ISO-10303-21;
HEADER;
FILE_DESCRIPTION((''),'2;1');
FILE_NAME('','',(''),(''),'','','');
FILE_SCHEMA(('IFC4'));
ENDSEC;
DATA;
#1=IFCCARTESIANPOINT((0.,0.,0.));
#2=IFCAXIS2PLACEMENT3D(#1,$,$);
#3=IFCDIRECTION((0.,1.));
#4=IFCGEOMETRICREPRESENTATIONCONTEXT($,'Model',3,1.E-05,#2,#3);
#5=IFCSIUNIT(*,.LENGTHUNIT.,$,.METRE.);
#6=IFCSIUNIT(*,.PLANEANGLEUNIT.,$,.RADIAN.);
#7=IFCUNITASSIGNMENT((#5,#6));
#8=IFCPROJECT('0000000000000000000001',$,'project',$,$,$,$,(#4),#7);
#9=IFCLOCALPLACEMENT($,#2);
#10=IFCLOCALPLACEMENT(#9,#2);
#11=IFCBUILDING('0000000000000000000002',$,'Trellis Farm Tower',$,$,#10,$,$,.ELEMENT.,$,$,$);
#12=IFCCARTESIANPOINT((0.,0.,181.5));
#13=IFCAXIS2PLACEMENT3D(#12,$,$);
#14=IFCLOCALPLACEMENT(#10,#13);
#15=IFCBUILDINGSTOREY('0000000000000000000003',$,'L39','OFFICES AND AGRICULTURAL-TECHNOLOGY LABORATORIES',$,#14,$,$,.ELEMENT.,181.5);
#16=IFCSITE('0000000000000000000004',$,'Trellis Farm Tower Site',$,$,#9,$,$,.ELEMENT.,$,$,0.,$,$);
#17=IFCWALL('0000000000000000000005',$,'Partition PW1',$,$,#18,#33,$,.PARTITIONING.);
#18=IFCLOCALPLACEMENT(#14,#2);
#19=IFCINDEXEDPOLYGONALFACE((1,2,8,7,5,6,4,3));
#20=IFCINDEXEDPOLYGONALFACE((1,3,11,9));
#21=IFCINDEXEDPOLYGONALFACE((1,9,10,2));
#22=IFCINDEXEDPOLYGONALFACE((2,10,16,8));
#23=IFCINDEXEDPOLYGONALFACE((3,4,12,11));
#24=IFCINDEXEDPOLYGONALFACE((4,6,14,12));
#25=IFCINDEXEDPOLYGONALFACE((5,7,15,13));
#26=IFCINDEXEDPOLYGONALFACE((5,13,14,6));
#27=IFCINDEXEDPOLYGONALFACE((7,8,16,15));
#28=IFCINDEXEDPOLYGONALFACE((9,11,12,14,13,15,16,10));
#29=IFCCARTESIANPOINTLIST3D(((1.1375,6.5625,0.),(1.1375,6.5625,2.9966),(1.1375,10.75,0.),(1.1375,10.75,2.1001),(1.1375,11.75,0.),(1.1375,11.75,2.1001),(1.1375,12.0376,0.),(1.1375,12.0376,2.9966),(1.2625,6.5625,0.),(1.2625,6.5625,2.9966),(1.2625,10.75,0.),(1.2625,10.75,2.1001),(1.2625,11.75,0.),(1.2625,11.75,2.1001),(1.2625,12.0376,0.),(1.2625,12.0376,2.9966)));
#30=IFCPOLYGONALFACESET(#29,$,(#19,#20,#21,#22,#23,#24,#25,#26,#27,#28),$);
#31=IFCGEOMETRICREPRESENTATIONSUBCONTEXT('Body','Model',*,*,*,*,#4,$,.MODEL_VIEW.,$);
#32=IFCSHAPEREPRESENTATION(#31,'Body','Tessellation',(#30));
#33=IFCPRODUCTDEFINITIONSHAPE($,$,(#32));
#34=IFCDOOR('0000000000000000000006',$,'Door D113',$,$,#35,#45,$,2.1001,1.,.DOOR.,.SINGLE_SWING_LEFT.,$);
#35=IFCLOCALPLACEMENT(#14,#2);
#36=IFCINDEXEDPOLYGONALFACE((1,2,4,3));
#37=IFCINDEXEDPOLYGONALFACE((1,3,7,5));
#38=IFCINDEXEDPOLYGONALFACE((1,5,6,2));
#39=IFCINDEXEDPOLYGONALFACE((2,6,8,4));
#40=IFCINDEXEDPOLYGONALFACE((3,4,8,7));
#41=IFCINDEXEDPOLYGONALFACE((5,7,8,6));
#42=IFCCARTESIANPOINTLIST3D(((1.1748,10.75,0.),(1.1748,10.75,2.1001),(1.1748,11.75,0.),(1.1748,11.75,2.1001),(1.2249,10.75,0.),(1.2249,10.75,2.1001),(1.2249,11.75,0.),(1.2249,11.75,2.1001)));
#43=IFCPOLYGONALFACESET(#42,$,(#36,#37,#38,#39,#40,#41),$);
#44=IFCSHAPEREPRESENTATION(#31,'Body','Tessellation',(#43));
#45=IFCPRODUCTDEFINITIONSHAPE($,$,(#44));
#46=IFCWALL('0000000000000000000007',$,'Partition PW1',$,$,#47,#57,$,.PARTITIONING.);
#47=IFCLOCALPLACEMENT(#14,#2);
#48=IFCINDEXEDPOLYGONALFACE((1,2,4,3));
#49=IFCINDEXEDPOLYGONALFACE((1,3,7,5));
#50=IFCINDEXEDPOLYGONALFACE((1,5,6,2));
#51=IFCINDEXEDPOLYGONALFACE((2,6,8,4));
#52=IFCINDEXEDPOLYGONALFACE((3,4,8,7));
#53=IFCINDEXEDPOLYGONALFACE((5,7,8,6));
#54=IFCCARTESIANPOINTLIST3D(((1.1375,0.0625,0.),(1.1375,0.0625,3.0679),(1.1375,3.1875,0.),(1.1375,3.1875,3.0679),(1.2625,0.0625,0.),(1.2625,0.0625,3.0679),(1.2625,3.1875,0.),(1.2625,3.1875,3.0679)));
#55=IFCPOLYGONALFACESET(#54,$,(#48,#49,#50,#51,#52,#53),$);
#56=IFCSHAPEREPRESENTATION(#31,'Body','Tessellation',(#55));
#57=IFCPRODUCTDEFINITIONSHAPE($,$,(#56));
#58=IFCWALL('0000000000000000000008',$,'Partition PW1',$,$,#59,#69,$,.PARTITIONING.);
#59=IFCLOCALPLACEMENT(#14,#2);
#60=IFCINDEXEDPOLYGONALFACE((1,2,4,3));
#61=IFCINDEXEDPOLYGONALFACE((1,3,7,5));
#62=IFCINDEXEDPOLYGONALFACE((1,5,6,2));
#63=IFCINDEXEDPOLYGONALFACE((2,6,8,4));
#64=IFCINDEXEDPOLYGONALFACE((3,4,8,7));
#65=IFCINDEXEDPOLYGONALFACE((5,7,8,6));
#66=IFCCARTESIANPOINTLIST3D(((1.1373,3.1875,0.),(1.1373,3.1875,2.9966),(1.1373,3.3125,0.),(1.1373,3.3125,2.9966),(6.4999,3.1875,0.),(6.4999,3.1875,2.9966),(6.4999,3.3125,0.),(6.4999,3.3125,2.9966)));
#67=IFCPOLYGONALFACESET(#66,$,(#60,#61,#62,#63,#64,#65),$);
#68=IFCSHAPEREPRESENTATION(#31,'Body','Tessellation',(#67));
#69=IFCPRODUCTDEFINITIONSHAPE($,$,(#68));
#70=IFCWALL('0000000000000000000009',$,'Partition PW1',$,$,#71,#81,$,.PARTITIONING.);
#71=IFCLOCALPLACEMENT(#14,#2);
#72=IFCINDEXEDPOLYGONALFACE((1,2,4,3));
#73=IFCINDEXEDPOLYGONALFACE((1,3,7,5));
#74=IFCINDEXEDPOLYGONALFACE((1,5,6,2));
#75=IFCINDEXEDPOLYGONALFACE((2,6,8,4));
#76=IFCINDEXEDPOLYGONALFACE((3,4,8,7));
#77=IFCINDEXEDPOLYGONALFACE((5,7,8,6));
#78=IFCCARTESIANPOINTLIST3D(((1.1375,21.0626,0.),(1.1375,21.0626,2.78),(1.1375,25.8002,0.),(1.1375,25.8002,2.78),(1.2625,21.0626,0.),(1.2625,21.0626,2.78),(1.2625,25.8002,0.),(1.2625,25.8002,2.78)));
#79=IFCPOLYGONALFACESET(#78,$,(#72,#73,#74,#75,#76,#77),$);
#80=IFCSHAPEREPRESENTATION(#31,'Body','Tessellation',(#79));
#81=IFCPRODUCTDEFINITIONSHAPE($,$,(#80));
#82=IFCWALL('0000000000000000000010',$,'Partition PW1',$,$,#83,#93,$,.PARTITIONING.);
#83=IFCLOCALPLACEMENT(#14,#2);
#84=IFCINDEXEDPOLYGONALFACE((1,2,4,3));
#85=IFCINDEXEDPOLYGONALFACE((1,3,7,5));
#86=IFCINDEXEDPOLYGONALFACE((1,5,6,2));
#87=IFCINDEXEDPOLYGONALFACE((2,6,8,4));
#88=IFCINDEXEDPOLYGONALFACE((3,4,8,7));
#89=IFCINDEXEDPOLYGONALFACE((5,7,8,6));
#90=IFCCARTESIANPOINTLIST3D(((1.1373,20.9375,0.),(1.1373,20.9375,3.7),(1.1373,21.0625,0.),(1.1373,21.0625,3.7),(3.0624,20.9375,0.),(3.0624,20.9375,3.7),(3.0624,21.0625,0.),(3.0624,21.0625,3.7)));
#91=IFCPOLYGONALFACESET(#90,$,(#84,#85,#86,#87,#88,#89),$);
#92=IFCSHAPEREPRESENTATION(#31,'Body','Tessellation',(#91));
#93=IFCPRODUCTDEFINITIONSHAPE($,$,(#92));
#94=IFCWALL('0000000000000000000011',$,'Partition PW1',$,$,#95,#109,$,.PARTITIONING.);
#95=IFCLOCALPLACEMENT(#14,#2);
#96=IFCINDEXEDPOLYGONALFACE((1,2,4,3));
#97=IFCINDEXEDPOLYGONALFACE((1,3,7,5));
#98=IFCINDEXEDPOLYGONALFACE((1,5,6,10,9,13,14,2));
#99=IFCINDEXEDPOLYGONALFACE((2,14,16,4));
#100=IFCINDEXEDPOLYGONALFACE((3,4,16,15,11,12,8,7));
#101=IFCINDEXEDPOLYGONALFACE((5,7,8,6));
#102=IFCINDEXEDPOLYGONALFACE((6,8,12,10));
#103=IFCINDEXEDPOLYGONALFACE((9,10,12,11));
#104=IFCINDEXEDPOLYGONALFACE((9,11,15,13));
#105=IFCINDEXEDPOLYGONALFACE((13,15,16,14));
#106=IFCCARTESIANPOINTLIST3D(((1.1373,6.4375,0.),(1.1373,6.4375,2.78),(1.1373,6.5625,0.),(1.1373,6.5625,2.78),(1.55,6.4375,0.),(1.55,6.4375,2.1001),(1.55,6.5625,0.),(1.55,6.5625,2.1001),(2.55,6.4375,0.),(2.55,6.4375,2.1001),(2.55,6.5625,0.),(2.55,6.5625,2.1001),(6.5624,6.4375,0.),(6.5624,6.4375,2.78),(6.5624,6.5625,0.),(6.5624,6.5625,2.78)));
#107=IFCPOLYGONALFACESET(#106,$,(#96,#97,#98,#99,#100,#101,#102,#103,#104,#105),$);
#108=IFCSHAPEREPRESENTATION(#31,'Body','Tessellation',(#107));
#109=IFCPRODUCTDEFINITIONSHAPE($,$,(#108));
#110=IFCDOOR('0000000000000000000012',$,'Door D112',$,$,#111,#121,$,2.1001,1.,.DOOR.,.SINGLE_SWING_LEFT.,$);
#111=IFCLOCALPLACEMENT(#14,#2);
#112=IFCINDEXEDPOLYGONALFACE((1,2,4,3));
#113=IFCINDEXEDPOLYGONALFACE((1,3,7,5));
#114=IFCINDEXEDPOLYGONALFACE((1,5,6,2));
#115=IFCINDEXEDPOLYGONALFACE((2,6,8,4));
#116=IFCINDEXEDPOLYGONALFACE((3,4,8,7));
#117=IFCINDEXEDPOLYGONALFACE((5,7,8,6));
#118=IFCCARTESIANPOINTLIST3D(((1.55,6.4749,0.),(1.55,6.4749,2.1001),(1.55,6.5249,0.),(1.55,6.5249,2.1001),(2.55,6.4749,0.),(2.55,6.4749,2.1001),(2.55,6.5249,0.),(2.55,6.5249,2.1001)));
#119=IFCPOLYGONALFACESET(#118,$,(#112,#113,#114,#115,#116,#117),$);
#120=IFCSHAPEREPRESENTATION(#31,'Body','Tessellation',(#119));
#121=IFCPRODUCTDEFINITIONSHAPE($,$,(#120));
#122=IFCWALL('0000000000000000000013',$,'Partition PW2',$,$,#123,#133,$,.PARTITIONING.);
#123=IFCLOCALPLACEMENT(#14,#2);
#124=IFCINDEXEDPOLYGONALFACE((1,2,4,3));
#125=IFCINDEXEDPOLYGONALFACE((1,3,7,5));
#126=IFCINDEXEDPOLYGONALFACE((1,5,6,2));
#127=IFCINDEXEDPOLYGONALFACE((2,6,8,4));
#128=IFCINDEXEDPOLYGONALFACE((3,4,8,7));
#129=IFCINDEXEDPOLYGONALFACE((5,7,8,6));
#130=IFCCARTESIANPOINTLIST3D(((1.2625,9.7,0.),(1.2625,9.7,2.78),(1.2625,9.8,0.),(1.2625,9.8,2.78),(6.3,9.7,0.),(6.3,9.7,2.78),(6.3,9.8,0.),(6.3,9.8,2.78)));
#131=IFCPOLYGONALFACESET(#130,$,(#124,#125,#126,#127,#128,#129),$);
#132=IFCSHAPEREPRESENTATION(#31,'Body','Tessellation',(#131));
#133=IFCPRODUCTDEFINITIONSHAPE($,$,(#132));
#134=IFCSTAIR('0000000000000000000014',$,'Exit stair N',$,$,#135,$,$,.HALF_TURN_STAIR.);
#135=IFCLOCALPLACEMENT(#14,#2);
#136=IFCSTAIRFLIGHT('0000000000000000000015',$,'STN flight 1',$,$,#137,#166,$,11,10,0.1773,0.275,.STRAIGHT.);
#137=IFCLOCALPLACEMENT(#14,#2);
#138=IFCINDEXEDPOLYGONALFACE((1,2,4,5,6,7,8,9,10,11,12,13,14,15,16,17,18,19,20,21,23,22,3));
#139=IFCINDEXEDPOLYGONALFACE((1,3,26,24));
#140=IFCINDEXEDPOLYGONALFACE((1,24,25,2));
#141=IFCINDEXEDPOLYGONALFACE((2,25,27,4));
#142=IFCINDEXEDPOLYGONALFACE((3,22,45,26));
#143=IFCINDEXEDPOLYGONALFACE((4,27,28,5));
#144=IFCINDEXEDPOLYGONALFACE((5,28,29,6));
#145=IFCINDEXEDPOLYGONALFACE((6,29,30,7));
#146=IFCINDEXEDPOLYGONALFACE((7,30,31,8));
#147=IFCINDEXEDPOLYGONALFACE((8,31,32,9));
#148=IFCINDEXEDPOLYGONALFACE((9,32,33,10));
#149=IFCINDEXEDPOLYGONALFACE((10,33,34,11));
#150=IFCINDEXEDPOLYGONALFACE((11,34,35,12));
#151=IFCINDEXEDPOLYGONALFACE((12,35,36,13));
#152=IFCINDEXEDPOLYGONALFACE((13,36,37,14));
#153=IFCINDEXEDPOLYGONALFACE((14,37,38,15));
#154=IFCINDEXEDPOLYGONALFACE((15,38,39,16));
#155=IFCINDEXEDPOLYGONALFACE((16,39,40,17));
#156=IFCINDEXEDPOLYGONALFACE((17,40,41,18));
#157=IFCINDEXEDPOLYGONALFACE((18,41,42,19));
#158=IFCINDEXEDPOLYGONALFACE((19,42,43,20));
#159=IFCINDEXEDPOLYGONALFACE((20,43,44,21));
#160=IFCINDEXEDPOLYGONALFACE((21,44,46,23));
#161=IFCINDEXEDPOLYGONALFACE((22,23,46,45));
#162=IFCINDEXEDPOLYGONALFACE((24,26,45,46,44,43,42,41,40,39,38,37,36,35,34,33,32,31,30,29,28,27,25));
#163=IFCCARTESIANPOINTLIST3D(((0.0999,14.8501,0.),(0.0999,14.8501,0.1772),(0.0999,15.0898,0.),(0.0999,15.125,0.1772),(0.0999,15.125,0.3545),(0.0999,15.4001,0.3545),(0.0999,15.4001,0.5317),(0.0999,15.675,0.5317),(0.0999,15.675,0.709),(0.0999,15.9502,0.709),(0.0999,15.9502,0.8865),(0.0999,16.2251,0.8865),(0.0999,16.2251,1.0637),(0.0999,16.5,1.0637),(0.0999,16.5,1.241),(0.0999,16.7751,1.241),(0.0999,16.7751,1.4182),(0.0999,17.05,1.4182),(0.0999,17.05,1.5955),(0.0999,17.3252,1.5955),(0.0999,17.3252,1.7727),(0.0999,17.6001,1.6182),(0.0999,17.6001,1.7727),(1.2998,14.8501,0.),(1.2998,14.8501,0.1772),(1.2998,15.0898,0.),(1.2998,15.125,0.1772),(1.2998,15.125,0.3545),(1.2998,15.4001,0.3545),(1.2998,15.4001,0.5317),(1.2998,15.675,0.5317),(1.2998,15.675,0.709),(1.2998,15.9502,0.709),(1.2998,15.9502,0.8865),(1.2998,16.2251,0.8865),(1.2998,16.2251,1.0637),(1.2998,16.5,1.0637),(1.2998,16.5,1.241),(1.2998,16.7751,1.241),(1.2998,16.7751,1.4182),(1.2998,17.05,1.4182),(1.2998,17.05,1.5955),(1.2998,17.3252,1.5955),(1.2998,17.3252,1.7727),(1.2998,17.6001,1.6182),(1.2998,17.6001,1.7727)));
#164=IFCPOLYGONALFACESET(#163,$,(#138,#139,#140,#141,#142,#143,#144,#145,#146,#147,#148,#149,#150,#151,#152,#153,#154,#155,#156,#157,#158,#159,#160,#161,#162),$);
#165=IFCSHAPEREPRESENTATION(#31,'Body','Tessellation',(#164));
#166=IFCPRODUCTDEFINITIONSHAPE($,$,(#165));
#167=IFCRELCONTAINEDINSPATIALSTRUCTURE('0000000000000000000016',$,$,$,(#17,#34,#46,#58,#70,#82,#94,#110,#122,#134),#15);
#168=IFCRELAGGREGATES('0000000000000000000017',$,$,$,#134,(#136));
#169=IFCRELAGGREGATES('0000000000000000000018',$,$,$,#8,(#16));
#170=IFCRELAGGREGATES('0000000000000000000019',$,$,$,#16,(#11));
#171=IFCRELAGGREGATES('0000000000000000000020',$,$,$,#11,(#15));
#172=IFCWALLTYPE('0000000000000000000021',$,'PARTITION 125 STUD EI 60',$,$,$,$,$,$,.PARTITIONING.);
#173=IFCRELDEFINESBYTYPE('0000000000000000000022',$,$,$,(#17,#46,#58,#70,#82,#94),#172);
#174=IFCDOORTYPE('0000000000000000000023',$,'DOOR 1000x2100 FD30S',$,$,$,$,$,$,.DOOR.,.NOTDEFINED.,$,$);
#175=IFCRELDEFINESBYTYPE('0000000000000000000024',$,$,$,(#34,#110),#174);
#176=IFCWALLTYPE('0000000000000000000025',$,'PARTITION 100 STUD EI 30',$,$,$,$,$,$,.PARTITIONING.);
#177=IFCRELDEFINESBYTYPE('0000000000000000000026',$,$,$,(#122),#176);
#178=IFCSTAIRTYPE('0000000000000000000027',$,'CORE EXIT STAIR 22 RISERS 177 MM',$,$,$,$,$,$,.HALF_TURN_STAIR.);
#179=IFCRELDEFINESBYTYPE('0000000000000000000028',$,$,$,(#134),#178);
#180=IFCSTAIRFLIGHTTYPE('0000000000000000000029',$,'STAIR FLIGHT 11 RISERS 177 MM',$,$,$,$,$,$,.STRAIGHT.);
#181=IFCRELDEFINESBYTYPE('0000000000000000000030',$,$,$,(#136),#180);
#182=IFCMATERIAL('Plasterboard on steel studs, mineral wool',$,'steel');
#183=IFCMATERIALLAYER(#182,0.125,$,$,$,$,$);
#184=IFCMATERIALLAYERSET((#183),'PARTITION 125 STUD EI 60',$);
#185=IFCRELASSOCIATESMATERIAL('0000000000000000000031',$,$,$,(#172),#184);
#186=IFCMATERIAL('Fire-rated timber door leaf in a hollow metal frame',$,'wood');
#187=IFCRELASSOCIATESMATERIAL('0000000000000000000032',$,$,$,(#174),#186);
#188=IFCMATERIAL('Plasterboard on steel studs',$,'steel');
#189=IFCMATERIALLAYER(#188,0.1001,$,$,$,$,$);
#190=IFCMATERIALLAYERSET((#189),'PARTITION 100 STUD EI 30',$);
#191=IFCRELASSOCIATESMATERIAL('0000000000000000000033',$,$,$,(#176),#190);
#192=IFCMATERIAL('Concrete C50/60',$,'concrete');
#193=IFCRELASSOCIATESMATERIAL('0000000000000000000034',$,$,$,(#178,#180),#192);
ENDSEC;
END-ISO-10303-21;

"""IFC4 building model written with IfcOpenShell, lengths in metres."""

from ifc_helpers import new_model, si_unit, direction, frame, frame_2d, origin, place, context, subcontext, project, spatial, polyline, rectangle, outline, extrude, source, transform, mapped, material, layer, layer_set, type_object, element, fill, aggregate, save


model = new_model("IFC4")

# Units and contexts
model_context = context("Model", 3, precision=1e-05, world=origin(), true_north=direction((0.0, 1.0)))
body_context = subcontext(model_context, "Body", "Model", "MODEL_VIEW")
ifc_project = project(units=[si_unit("LENGTHUNIT", "METRE"), si_unit("PLANEANGLEUNIT", "RADIAN")], contexts=[model_context])

# Site, building, storey
site_placement = place(None, origin())
site = spatial("IfcSite", under=ifc_project, at=site_placement, Name="Trellis Farm Tower Site", CompositionType="ELEMENT", RefElevation=0.0)
building_placement = place(site_placement, origin())
building = spatial("IfcBuilding", under=site, at=building_placement, Name="Trellis Farm Tower", CompositionType="ELEMENT")
storey_placement = place(building_placement, frame((0.0, 0.0, 181.5)))
storey = spatial("IfcBuildingStorey", under=building, at=storey_placement, Name="L39", Description="OFFICES AND AGRICULTURAL-TECHNOLOGY LABORATORIES", CompositionType="ELEMENT", Elevation=181.5)

# Shared definitions
placement_1 = place(storey_placement, origin())

# Wall, opening, door
ifc_material_1 = material(Name="Plasterboard on steel studs, mineral wool", Category="steel")
ifc_layer_1 = layer(ifc_material_1, 0.125)
ifc_layer_set_1 = layer_set([ifc_layer_1], Name="PARTITION 125 STUD EI 60")
wall_type_1 = type_object("IfcWallType", Name="PARTITION 125 STUD EI 60", PredefinedType="PARTITIONING", material=ifc_layer_set_1)
shared_shape_1 = source(origin(), body_context, "Body", "SweptSolid", [
    extrude(rectangle(XDim=5.4751, YDim=0.125, at=frame_2d((2.7375, 0.0))), origin(), (0.0, 0.0, 1.0), 2.9966),
])
wall_1_placement = place(storey_placement, frame((1.2, 12.0376, 0.0), z_axis=(0.0, 0.0, 1.0), x_axis=(0.0, -1.0, 0.0)))
wall_1 = element("IfcWall", 1, at=wall_1_placement, inside=storey, type_object=wall_type_1, Name="Partition PW1", PredefinedType="PARTITIONING", context=body_context, shape_type="MappedRepresentation", body=[
    mapped(shared_shape_1, transform((0.0, 0.0, 0.0))),
])
shared_shape_2 = source(origin(), body_context, "Body", "SweptSolid", [
    extrude(rectangle(XDim=1.0, YDim=2.1001, at=frame_2d((0.5, 1.05))), frame((0.0, 0.0725, 0.0), z_axis=(0.0, -1.0, 0.0), x_axis=(1.0, 0.0, 0.0)), (0.0, 0.0, 1.0), 0.145),
])
opening_1_placement = place(wall_1_placement, frame((0.2876, 0.0, 0.0)))
opening_1 = element("IfcOpeningElement", 2, at=opening_1_placement, cuts=wall_1, PredefinedType="OPENING", context=body_context, shape_type="MappedRepresentation", body=[
    mapped(shared_shape_2, transform((0.0, 0.0, 0.0))),
])
ifc_material_2 = material(Name="Fire-rated timber door leaf in a hollow metal frame", Category="wood")
door_type = type_object("IfcDoorType", Name="DOOR 1000x2100 FD30S", OperationType="NOTDEFINED", PredefinedType="DOOR", material=ifc_material_2)
shared_shape_3 = source(origin(), body_context, "Body", "SweptSolid", [
    extrude(rectangle(XDim=1.0, YDim=2.1001, at=frame_2d((0.5, 1.05))), frame((0.0, 0.0249, 0.0), z_axis=(0.0, -1.0, 0.0), x_axis=(1.0, 0.0, 0.0)), (0.0, 0.0, 1.0), 0.05),
])
door_1_placement = place(opening_1_placement, origin())
door_1 = element("IfcDoor", 3, at=door_1_placement, inside=storey, type_object=door_type, Name="Door D113", OperationType="SINGLE_SWING_LEFT", OverallHeight=2.1001, OverallWidth=1.0, PredefinedType="DOOR", context=body_context, shape_type="MappedRepresentation", body=[
    mapped(shared_shape_3, transform((0.0, 0.0, 0.0))),
])
fill(opening_1, door_1)

# Walls
shared_shape_4 = source(origin(), body_context, "Body", "SweptSolid", [
    extrude(rectangle(XDim=3.125, YDim=0.125, at=frame_2d((1.5625, 0.0))), origin(), (0.0, 0.0, 1.0), 3.0679),
])
wall_2_placement = place(storey_placement, frame((1.2, 3.1875, 0.0), z_axis=(0.0, 0.0, 1.0), x_axis=(0.0, -1.0, 0.0)))
element("IfcWall", 4, at=wall_2_placement, inside=storey, type_object=wall_type_1, Name="Partition PW1", PredefinedType="PARTITIONING", context=body_context, shape_type="MappedRepresentation", body=[
    mapped(shared_shape_4, transform((0.0, 0.0, 0.0))),
])
shared_shape_5 = source(origin(), body_context, "Body", "SweptSolid", [
    extrude(rectangle(XDim=5.3625, YDim=0.125, at=frame_2d((2.6812, 0.0))), origin(), (0.0, 0.0, 1.0), 2.9966),
])
wall_3_placement = place(storey_placement, frame((1.1375, 3.25, 0.0), z_axis=(0.0, 0.0, 1.0), x_axis=(1.0, 0.0, 0.0)))
element("IfcWall", 5, at=wall_3_placement, inside=storey, type_object=wall_type_1, Name="Partition PW1", PredefinedType="PARTITIONING", context=body_context, shape_type="MappedRepresentation", body=[
    mapped(shared_shape_5, transform((0.0, 0.0, 0.0))),
])
shared_shape_6 = source(origin(), body_context, "Body", "SweptSolid", [
    extrude(rectangle(XDim=4.7375, YDim=0.125, at=frame_2d((2.3687, 0.0))), origin(), (0.0, 0.0, 1.0), 2.78),
])
wall_4_placement = place(storey_placement, frame((1.2, 25.8, 0.0), z_axis=(0.0, 0.0, 1.0), x_axis=(0.0, -1.0, 0.0)))
element("IfcWall", 6, at=wall_4_placement, inside=storey, type_object=wall_type_1, Name="Partition PW1", PredefinedType="PARTITIONING", context=body_context, shape_type="MappedRepresentation", body=[
    mapped(shared_shape_6, transform((0.0, 0.0, 0.0))),
])
shared_shape_7 = source(origin(), body_context, "Body", "SweptSolid", [
    extrude(rectangle(XDim=1.925, YDim=0.125, at=frame_2d((0.9624, 0.0))), origin(), (0.0, 0.0, 1.0), 3.7),
])
wall_5_placement = place(storey_placement, frame((1.1375, 21.0, 0.0), z_axis=(0.0, 0.0, 1.0), x_axis=(1.0, 0.0, 0.0)))
element("IfcWall", 7, at=wall_5_placement, inside=storey, type_object=wall_type_1, Name="Partition PW1", PredefinedType="PARTITIONING", context=body_context, shape_type="MappedRepresentation", body=[
    mapped(shared_shape_7, transform((0.0, 0.0, 0.0))),
])

# Wall, opening, door
shared_shape_8 = source(origin(), body_context, "Body", "SweptSolid", [
    extrude(rectangle(XDim=5.425, YDim=0.125, at=frame_2d((2.7124, 0.0))), origin(), (0.0, 0.0, 1.0), 2.78),
])
wall_6_placement = place(storey_placement, frame((1.1375, 6.5, 0.0), z_axis=(0.0, 0.0, 1.0), x_axis=(1.0, 0.0, 0.0)))
wall_6 = element("IfcWall", 8, at=wall_6_placement, inside=storey, type_object=wall_type_1, Name="Partition PW1", PredefinedType="PARTITIONING", context=body_context, shape_type="MappedRepresentation", body=[
    mapped(shared_shape_8, transform((0.0, 0.0, 0.0))),
])
opening_2_placement = place(wall_6_placement, frame((0.4126, 0.0, 0.0)))
opening_2 = element("IfcOpeningElement", 9, at=opening_2_placement, cuts=wall_6, PredefinedType="OPENING", context=body_context, shape_type="MappedRepresentation", body=[
    mapped(shared_shape_2, transform((0.0, 0.0, 0.0))),
])
door_2_placement = place(opening_2_placement, origin())
door_2 = element("IfcDoor", 10, at=door_2_placement, inside=storey, type_object=door_type, Name="Door D112", OperationType="SINGLE_SWING_LEFT", OverallHeight=2.1001, OverallWidth=1.0, PredefinedType="DOOR", context=body_context, shape_type="MappedRepresentation", body=[
    mapped(shared_shape_3, transform((0.0, 0.0, 0.0))),
])
fill(opening_2, door_2)

# Wall
ifc_material_3 = material(Name="Plasterboard on steel studs", Category="steel")
ifc_layer_2 = layer(ifc_material_3, 0.1001)
ifc_layer_set_2 = layer_set([ifc_layer_2], Name="PARTITION 100 STUD EI 30")
wall_type_2 = type_object("IfcWallType", Name="PARTITION 100 STUD EI 30", PredefinedType="PARTITIONING", material=ifc_layer_set_2)
shared_shape_9 = source(origin(), body_context, "Body", "SweptSolid", [
    extrude(rectangle(XDim=5.0376, YDim=0.1001, at=frame_2d((2.5188, 0.0))), origin(), (0.0, 0.0, 1.0), 2.78),
])
wall_7_placement = place(storey_placement, frame((1.2625, 9.75, 0.0), z_axis=(0.0, 0.0, 1.0), x_axis=(1.0, 0.0, 0.0)))
element("IfcWall", 11, at=wall_7_placement, inside=storey, type_object=wall_type_2, Name="Partition PW2", PredefinedType="PARTITIONING", context=body_context, shape_type="MappedRepresentation", body=[
    mapped(shared_shape_9, transform((0.0, 0.0, 0.0))),
])

# Stair, stair flight
ifc_material_4 = material(Name="Concrete C50/60", Category="concrete")
stair_type = type_object("IfcStairType", Name="CORE EXIT STAIR 22 RISERS 177 MM", PredefinedType="HALF_TURN_STAIR", material=ifc_material_4)
stair = element("IfcStair", 12, at=placement_1, inside=storey, type_object=stair_type, Name="Exit stair N", PredefinedType="HALF_TURN_STAIR")
stair_flight_type = type_object("IfcStairFlightType", Name="STAIR FLIGHT 11 RISERS 177 MM", PredefinedType="STRAIGHT", material=ifc_material_4)
shared_shape_10 = source(origin(), body_context, "Body", "SweptSolid", [
    extrude(outline(polyline([(0.0, 0.0), (0.0, 0.1772), (0.2749, 0.1772), (0.2749, 0.3545), (0.55, 0.3545), (0.55, 0.5317), (0.825, 0.5317), (0.825, 0.709), (1.1001, 0.709), (1.1001, 0.8865), (1.375, 0.8865), (1.375, 1.0637), (1.6499, 1.0637), (1.6499, 1.241), (1.925, 1.241), (1.925, 1.4182), (2.2, 1.4182), (2.2, 1.5955), (2.4751, 1.5955), (2.4751, 1.7727), (2.75, 1.7727), (2.75, 1.95), (2.75, 1.6182), (0.2397, 0.0), (0.0, 0.0)])), frame((0.0, 0.6001, 0.0), z_axis=(0.0, -1.0, 0.0), x_axis=(1.0, 0.0, 0.0)), (0.0, 0.0, 1.0), 1.2),
])
stair_flight_placement = place(storey_placement, frame((0.7, 14.8501, 0.0), z_axis=(0.0, 0.0, 1.0), x_axis=(0.0, 1.0, 0.0)))
stair_flight = element("IfcStairFlight", 13, at=stair_flight_placement, type_object=stair_flight_type, Name="STN flight 1", NumberOfRisers=11, NumberOfTreads=10, PredefinedType="STRAIGHT", RiserHeight=0.1773, TreadLength=0.275, context=body_context, shape_type="MappedRepresentation", body=[
    mapped(shared_shape_10, transform((0.0, 0.0, 0.0))),
])
aggregate(stair, [stair_flight])

save(model, "model.ifc")
